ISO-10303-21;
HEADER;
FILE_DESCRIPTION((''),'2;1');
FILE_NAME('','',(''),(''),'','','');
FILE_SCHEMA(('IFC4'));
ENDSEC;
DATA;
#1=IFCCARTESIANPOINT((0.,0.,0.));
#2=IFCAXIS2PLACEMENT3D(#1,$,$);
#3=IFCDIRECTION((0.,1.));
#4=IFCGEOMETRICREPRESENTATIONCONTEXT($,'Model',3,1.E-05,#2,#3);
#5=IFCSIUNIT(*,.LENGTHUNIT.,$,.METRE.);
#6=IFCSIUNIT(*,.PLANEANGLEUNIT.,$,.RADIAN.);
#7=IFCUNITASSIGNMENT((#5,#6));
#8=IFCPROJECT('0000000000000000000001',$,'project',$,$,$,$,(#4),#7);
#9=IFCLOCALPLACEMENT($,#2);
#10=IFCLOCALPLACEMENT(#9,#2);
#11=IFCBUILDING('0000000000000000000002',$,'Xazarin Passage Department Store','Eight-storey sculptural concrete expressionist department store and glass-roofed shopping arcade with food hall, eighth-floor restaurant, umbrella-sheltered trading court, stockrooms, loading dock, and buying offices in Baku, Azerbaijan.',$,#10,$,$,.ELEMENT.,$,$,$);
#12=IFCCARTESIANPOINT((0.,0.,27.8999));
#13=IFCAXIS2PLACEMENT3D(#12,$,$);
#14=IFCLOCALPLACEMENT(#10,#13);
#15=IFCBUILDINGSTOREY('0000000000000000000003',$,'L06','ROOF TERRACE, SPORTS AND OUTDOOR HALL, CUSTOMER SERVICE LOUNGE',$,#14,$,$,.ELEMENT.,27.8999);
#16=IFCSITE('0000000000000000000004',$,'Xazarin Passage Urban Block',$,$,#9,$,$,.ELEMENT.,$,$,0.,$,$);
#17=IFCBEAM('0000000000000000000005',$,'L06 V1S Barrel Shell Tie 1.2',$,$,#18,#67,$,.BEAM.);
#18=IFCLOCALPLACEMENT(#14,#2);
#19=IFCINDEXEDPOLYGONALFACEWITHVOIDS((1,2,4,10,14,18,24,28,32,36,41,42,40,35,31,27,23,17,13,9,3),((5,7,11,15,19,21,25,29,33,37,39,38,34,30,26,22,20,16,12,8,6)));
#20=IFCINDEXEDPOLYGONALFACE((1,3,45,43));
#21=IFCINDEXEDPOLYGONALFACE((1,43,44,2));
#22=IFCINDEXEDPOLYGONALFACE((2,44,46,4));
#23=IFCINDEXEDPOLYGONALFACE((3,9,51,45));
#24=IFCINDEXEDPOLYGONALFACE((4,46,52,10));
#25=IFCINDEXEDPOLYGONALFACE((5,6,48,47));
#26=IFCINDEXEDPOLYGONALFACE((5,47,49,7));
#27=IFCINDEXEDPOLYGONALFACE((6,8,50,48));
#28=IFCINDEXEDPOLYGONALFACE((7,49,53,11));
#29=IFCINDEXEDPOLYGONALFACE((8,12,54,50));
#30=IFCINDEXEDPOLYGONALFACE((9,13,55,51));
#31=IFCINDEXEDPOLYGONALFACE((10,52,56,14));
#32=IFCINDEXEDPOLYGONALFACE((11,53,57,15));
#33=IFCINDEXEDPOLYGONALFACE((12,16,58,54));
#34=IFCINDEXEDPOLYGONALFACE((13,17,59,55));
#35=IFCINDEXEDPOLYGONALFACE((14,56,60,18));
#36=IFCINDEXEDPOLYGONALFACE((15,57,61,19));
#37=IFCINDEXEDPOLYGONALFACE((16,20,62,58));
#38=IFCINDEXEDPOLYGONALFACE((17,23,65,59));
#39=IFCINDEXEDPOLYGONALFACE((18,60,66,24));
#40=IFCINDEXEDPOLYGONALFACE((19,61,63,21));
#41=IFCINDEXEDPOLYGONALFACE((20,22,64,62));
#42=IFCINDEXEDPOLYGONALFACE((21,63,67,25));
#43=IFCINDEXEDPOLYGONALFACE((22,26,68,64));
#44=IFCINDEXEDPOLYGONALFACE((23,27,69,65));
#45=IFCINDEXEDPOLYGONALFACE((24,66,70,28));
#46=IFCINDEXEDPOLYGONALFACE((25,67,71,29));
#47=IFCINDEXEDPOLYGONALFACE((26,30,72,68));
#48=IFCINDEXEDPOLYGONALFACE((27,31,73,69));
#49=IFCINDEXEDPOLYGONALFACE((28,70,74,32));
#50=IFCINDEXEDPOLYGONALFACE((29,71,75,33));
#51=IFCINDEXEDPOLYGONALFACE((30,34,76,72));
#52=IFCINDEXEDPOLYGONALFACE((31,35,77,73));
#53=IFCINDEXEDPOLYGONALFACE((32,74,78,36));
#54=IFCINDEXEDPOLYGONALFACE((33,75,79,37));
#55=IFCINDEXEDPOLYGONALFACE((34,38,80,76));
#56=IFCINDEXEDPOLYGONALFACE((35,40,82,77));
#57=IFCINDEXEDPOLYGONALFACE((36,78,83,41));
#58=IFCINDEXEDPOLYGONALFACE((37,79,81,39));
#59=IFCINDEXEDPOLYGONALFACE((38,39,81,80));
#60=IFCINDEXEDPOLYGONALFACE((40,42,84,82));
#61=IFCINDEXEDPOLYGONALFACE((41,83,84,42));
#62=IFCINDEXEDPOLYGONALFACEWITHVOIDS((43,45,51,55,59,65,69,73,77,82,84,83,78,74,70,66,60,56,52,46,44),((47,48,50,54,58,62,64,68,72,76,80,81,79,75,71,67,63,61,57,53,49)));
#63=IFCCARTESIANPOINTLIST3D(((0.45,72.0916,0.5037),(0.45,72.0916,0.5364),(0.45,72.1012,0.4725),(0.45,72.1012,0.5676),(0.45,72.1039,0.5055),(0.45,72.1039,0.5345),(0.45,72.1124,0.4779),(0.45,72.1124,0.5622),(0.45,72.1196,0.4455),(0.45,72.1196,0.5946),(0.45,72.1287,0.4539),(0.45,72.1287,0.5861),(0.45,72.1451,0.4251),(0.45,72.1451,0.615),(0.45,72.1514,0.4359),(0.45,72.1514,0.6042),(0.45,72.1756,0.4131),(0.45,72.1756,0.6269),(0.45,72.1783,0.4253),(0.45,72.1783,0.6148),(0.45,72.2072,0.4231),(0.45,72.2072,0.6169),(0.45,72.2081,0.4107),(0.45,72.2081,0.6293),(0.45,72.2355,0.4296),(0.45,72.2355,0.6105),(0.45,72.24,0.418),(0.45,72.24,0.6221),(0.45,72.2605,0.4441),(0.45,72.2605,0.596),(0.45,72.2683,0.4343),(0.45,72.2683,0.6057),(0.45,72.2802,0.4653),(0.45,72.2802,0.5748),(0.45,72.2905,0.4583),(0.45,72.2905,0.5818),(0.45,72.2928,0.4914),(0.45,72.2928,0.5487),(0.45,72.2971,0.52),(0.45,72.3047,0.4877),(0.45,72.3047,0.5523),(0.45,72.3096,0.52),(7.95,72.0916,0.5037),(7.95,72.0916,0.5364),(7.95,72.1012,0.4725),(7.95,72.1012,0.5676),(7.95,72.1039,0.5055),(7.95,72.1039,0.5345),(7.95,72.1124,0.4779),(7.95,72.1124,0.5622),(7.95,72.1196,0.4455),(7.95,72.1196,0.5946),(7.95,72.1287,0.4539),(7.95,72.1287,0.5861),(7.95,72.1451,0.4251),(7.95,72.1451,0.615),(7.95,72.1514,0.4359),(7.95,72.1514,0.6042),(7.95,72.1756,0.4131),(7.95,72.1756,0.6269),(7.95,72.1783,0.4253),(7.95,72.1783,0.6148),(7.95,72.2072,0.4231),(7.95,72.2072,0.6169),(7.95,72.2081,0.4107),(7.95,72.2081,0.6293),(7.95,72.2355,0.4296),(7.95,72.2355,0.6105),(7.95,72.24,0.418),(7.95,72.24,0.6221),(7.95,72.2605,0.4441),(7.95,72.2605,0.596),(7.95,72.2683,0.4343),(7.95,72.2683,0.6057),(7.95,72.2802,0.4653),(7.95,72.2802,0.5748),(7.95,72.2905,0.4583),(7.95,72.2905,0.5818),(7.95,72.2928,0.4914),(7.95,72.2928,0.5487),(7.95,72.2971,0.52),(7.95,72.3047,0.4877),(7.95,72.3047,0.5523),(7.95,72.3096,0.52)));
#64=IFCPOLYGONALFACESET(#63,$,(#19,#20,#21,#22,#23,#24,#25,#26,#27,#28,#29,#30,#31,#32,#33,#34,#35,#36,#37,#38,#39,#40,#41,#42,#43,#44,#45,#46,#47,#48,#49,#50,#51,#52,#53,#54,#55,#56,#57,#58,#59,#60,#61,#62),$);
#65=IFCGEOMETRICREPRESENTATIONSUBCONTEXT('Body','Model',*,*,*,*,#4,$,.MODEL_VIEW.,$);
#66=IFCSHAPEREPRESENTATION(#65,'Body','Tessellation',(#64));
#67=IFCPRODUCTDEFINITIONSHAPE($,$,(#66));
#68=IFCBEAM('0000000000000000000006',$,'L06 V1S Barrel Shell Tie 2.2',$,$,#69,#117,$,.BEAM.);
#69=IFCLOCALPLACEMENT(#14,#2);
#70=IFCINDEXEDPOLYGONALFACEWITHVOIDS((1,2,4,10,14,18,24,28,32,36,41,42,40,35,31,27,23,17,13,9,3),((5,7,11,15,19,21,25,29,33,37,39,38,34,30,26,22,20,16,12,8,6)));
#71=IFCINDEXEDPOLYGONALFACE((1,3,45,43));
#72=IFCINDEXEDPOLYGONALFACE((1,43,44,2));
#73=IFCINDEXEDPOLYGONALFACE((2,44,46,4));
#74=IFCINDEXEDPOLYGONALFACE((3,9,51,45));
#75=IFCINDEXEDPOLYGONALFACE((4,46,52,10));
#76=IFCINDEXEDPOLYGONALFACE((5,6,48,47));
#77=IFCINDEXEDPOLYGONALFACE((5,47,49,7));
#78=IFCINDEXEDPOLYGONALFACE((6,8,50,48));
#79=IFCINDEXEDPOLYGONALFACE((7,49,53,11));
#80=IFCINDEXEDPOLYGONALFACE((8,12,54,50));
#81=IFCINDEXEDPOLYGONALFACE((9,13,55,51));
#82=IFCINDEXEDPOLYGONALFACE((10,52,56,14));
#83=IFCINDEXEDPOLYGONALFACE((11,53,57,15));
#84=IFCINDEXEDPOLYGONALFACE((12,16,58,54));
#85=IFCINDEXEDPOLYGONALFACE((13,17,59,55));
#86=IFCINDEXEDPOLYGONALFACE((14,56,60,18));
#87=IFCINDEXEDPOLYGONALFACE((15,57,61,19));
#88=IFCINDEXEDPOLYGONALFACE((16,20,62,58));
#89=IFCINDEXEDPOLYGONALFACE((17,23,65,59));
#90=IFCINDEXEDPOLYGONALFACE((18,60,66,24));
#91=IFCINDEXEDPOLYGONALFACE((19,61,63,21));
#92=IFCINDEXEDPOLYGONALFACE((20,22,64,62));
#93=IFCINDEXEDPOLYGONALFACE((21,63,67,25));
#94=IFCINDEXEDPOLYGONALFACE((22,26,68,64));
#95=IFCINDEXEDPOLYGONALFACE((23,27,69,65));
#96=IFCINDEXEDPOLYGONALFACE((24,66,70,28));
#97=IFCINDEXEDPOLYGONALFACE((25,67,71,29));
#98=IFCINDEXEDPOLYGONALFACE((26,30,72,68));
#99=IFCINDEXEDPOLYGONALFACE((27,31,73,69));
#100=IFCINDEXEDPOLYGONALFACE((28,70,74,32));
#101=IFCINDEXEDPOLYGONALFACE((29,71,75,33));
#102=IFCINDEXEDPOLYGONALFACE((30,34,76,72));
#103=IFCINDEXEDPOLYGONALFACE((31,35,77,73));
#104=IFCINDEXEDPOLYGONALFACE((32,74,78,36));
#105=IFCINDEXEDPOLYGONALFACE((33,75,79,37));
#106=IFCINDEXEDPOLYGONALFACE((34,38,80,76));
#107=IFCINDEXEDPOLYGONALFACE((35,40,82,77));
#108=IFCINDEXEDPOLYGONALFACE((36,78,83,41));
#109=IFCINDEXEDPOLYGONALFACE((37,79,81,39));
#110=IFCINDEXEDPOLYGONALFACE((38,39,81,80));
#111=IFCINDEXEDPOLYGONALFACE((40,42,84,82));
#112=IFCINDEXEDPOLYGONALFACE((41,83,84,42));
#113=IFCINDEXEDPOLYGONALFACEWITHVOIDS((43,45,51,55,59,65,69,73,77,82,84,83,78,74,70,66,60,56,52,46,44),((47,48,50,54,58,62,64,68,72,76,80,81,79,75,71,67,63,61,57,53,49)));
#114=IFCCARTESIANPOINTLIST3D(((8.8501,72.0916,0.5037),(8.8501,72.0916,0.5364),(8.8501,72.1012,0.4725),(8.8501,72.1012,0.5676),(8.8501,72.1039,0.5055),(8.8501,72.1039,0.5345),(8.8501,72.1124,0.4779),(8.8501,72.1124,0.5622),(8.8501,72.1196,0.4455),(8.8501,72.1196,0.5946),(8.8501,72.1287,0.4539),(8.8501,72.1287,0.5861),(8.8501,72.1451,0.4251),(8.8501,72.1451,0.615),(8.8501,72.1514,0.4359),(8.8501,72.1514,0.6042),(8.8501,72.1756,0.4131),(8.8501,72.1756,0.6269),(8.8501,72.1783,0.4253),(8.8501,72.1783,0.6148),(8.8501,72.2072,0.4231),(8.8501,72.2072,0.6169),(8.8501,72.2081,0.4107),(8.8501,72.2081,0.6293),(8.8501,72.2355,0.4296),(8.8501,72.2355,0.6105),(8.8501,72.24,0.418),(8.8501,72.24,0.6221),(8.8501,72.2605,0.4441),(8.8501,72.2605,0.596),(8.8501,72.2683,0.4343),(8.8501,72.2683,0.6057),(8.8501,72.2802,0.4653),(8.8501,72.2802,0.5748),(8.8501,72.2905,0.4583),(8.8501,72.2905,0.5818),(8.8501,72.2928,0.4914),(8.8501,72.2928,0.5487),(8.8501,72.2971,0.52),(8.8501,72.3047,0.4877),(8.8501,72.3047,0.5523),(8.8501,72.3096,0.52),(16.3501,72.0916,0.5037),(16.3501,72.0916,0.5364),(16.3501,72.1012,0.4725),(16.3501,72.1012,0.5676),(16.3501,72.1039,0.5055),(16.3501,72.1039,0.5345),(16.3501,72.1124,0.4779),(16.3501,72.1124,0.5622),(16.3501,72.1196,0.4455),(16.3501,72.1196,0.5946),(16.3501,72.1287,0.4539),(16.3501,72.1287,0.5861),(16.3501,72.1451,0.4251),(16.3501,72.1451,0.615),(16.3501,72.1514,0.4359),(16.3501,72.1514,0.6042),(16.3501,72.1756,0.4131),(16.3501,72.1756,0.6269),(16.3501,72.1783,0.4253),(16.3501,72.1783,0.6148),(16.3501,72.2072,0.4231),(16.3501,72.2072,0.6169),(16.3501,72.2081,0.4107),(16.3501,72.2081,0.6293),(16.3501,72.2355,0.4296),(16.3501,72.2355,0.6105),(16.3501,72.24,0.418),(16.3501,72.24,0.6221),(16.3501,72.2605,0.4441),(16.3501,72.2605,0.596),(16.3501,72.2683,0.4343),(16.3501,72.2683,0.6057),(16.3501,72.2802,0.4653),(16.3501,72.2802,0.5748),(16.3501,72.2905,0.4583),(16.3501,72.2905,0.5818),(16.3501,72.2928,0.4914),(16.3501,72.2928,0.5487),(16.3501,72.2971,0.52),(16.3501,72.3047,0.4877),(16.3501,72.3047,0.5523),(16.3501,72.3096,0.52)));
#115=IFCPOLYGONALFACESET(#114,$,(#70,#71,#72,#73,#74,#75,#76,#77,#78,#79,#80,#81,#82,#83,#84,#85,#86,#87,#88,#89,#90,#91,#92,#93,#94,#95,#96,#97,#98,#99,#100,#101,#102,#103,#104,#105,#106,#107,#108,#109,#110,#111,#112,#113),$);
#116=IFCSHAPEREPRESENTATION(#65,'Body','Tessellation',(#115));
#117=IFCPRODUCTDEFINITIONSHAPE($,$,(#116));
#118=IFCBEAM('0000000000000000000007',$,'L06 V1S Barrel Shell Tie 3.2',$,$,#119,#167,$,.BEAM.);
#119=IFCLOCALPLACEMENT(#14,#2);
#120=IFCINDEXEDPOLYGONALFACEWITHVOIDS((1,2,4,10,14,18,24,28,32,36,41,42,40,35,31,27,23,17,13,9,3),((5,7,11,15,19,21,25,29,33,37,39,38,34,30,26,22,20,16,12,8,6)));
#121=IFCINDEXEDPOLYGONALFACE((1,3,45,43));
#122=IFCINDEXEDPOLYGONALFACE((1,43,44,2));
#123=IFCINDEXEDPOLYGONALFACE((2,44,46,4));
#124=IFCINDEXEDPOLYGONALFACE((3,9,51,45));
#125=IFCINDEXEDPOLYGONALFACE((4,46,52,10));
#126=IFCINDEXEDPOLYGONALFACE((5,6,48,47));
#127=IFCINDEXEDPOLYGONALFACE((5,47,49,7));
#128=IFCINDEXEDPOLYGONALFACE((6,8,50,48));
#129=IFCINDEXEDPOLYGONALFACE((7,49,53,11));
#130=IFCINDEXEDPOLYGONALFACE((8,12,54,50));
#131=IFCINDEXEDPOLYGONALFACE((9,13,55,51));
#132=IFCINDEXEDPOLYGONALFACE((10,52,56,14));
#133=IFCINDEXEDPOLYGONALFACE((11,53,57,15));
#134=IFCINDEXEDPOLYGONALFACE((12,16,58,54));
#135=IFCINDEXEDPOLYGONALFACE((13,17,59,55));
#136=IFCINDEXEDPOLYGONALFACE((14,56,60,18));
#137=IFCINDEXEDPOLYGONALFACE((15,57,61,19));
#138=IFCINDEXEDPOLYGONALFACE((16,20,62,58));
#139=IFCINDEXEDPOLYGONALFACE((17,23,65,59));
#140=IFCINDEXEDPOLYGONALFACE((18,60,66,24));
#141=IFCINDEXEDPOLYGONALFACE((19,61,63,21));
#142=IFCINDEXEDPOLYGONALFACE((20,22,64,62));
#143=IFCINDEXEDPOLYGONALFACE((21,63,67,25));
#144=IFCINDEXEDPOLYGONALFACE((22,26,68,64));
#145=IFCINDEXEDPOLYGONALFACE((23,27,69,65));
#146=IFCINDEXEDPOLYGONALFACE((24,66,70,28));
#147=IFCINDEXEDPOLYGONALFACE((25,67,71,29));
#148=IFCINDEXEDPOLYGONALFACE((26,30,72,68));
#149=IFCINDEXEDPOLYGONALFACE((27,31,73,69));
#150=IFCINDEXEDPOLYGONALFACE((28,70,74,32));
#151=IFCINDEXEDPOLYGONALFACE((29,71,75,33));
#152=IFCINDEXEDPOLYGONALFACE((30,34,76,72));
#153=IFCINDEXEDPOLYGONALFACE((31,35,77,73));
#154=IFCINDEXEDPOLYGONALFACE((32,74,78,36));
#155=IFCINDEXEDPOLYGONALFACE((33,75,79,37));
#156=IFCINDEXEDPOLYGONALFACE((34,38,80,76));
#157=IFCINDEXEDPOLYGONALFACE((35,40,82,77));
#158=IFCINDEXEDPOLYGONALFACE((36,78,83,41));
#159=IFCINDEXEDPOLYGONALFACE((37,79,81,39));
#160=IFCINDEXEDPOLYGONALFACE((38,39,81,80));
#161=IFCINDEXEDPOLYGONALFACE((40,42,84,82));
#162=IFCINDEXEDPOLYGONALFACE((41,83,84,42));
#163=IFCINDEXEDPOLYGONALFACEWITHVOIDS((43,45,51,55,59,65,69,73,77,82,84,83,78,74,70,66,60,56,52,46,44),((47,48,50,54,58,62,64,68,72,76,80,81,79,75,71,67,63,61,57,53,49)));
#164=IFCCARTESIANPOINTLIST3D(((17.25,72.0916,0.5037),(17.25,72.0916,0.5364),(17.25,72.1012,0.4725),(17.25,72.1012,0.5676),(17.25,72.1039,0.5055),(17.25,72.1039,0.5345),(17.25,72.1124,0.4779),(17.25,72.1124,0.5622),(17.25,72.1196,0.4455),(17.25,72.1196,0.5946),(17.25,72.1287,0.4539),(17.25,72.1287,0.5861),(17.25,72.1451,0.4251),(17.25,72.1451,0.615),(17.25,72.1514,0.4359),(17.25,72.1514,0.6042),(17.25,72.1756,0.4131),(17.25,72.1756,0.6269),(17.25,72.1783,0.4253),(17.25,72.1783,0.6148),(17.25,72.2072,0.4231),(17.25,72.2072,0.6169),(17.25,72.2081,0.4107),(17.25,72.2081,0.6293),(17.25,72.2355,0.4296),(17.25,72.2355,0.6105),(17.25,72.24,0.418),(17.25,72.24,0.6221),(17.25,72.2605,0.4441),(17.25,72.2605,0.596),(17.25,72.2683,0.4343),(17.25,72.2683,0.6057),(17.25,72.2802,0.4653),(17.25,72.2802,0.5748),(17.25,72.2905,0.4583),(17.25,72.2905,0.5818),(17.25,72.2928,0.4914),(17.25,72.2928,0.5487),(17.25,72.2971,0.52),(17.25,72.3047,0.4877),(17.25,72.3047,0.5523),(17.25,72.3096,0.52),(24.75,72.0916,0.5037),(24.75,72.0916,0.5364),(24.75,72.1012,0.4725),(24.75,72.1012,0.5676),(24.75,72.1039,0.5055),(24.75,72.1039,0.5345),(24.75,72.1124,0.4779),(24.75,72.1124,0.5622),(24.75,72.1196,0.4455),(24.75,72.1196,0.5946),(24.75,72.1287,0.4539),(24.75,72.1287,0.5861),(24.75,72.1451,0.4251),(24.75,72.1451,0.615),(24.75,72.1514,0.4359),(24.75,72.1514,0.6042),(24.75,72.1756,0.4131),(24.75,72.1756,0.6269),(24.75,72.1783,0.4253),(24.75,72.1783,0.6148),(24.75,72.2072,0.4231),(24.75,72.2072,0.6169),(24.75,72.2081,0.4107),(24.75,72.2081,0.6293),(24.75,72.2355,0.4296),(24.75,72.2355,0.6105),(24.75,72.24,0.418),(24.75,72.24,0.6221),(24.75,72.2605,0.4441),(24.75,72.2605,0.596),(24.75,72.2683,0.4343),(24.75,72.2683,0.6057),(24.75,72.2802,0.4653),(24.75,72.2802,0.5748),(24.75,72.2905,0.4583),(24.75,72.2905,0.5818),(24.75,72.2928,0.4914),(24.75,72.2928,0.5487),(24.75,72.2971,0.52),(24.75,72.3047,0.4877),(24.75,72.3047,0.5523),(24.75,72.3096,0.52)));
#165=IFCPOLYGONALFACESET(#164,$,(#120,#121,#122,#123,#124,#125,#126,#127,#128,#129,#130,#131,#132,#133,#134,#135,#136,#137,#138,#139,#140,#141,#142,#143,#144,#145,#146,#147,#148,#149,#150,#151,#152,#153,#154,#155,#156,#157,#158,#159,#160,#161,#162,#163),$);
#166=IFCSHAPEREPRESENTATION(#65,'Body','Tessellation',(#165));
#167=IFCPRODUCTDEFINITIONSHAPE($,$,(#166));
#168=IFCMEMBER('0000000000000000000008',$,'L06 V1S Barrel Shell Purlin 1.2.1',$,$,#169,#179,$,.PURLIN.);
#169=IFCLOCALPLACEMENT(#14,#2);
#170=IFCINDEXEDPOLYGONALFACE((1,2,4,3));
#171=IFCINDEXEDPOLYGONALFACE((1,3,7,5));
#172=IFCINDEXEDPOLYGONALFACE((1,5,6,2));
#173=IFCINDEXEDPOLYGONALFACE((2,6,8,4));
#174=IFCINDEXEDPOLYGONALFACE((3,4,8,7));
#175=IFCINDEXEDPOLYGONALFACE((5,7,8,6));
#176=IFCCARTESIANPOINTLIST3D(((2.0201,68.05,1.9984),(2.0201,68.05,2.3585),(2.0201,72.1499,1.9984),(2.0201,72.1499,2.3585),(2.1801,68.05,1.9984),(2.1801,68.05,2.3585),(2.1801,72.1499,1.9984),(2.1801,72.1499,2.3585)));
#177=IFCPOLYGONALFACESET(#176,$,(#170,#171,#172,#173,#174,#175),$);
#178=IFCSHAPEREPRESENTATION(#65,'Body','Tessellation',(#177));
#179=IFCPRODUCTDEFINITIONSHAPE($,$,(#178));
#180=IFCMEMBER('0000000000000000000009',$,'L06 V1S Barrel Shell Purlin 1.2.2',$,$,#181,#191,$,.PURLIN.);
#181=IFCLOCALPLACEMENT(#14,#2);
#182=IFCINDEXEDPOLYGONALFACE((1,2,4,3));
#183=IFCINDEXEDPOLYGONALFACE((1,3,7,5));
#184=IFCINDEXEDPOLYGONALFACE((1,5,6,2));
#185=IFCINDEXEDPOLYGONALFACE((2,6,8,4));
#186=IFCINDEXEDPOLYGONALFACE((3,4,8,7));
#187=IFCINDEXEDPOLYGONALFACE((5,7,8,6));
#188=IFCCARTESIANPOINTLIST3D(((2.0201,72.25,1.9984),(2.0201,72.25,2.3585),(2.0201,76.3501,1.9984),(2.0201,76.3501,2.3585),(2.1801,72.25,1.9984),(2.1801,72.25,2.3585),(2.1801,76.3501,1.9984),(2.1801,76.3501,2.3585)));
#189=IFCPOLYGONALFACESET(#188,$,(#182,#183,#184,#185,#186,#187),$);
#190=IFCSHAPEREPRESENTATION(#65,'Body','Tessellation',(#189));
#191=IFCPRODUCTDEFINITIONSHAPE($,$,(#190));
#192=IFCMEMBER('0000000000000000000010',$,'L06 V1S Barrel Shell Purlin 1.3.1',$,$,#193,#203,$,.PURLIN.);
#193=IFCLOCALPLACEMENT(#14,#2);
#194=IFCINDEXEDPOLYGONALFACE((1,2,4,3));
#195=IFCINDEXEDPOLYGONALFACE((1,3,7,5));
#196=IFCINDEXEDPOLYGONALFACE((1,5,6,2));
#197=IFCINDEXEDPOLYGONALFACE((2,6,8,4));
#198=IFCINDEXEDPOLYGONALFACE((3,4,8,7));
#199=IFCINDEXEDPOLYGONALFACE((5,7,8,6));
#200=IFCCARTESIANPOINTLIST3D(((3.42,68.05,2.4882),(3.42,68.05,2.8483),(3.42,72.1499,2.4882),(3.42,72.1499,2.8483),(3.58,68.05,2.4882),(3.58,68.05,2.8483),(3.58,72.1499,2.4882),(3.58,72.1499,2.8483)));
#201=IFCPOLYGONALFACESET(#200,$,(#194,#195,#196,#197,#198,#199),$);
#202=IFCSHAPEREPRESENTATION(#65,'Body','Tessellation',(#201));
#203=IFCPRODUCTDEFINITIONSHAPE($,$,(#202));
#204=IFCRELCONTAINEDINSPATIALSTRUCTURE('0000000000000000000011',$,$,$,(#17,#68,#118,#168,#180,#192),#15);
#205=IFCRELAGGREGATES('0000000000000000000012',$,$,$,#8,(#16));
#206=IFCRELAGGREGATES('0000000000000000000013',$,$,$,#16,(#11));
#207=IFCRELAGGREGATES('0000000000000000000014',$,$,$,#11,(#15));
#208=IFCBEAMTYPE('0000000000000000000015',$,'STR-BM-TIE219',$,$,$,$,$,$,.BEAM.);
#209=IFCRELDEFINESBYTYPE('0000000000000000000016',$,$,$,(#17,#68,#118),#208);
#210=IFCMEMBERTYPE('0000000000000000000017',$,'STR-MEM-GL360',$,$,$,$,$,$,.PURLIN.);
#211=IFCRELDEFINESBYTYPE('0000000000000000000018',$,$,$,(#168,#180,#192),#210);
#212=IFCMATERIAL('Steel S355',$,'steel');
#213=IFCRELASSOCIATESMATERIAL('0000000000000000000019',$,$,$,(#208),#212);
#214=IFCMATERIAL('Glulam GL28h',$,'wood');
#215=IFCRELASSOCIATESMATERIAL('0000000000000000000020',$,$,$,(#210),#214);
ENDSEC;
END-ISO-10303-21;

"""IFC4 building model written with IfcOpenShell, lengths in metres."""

from ifc_helpers import new_model, si_unit, direction, frame, origin, origin_2d, place, context, subcontext, project, spatial, rectangle, hollow_circle, extrude, material, material_profile, profile_set, type_object, element, save


model = new_model("IFC4")

# Units and contexts
model_context = context("Model", 3, precision=1e-05, world=origin(), true_north=direction((0.0, 1.0)))
body_context = subcontext(model_context, "Body", "Model", "MODEL_VIEW")
ifc_project = project(units=[si_unit("LENGTHUNIT", "METRE"), si_unit("PLANEANGLEUNIT", "RADIAN")], contexts=[model_context])

# Site, building, storey
site_placement = place(None, origin())
site = spatial("IfcSite", under=ifc_project, at=site_placement, Name="Xazarin Passage Urban Block", CompositionType="ELEMENT", RefElevation=0.0)
building_placement = place(site_placement, origin())
building = spatial("IfcBuilding", under=site, at=building_placement, Name="Xazarin Passage Department Store", Description="Eight-storey sculptural concrete expressionist department store and glass-roofed shopping arcade with food hall, eighth-floor restaurant, umbrella-sheltered trading court, stockrooms, loading dock, and buying offices in Baku, Azerbaijan.", CompositionType="ELEMENT")
storey_placement = place(building_placement, frame((0.0, 0.0, 27.8999)))
storey = spatial("IfcBuildingStorey", under=building, at=storey_placement, Name="L06", Description="ROOF TERRACE, SPORTS AND OUTDOOR HALL, CUSTOMER SERVICE LOUNGE", CompositionType="ELEMENT", Elevation=27.8999)

# Beams
ifc_material_1 = material(Name="Steel S355", Category="steel")
ifc_material_profile_1 = material_profile(ifc_material_1, hollow_circle(Radius=0.1096, WallThickness=0.0125, at=origin_2d()), Name="CHS 219.1x12.5")
ifc_profile_set_1 = profile_set([ifc_material_profile_1], Name="Steel S355")
beam_type_1 = type_object("IfcBeamType", Name="STR-BM-TIE219", PredefinedType="BEAM", material=ifc_profile_set_1)
for number, where, z_axis, x_axis, name in (
    (1, (0.45, 72.2, 0.52), (1.0, 0.0, 0.0), (0.0, 1.0, 0.0), "L06 V1S Barrel Shell Tie 1.2"),
    (2, (8.8501, 72.2, 0.52), (1.0, 0.0, 0.0), (0.0, 1.0, 0.0), "L06 V1S Barrel Shell Tie 2.2"),
    (3, (17.25, 72.2, 0.52), (1.0, 0.0, 0.0), (0.0, 1.0, 0.0), "L06 V1S Barrel Shell Tie 3.2"),
):
    element("IfcBeam", number, at=place(storey_placement, frame(where, z_axis=z_axis, x_axis=x_axis)), inside=storey, type_object=beam_type_1, Name=name, PredefinedType="BEAM", context=body_context, shape_type="SweptSolid", body=[
        extrude(hollow_circle(Radius=0.1096, WallThickness=0.0125, at=origin_2d()), origin(), (0.0, 0.0, 1.0), 7.5),
    ])

# Members
ifc_material_2 = material(Name="Glulam GL28h", Category="wood")
ifc_material_profile_2 = material_profile(ifc_material_2, rectangle(XDim=0.1599, YDim=0.3601, at=origin_2d()), Name="GL28h 160x360")
ifc_profile_set_2 = profile_set([ifc_material_profile_2], Name="Glulam GL28h")
member_type = type_object("IfcMemberType", Name="STR-MEM-GL360", PredefinedType="PURLIN", material=ifc_profile_set_2)
member_1_placement = place(storey_placement, frame((2.1001, 68.05, 2.1785), z_axis=(0.0, 1.0, 0.0), x_axis=(-1.0, 0.0, 0.0)))
element("IfcMember", 4, at=member_1_placement, inside=storey, type_object=member_type, Name="L06 V1S Barrel Shell Purlin 1.2.1", PredefinedType="PURLIN", context=body_context, shape_type="SweptSolid", body=[
    extrude(rectangle(XDim=0.1599, YDim=0.3601, at=origin_2d()), origin(), (0.0, 0.0, 1.0), 4.0999),
])
member_2_placement = place(storey_placement, frame((2.1001, 72.25, 2.1785), z_axis=(0.0, 1.0, 0.0), x_axis=(-1.0, 0.0, 0.0)))
element("IfcMember", 5, at=member_2_placement, inside=storey, type_object=member_type, Name="L06 V1S Barrel Shell Purlin 1.2.2", PredefinedType="PURLIN", context=body_context, shape_type="SweptSolid", body=[
    extrude(rectangle(XDim=0.1599, YDim=0.3601, at=origin_2d()), origin(), (0.0, 0.0, 1.0), 4.1001),
])
member_3_placement = place(storey_placement, frame((3.5, 68.05, 2.6682), z_axis=(0.0, 1.0, 0.0), x_axis=(-1.0, 0.0, 0.0)))
element("IfcMember", 6, at=member_3_placement, inside=storey, type_object=member_type, Name="L06 V1S Barrel Shell Purlin 1.3.1", PredefinedType="PURLIN", context=body_context, shape_type="SweptSolid", body=[
    extrude(rectangle(XDim=0.1599, YDim=0.3601, at=origin_2d()), origin(), (0.0, 0.0, 1.0), 4.0999),
])

save(model, "model.ifc")
